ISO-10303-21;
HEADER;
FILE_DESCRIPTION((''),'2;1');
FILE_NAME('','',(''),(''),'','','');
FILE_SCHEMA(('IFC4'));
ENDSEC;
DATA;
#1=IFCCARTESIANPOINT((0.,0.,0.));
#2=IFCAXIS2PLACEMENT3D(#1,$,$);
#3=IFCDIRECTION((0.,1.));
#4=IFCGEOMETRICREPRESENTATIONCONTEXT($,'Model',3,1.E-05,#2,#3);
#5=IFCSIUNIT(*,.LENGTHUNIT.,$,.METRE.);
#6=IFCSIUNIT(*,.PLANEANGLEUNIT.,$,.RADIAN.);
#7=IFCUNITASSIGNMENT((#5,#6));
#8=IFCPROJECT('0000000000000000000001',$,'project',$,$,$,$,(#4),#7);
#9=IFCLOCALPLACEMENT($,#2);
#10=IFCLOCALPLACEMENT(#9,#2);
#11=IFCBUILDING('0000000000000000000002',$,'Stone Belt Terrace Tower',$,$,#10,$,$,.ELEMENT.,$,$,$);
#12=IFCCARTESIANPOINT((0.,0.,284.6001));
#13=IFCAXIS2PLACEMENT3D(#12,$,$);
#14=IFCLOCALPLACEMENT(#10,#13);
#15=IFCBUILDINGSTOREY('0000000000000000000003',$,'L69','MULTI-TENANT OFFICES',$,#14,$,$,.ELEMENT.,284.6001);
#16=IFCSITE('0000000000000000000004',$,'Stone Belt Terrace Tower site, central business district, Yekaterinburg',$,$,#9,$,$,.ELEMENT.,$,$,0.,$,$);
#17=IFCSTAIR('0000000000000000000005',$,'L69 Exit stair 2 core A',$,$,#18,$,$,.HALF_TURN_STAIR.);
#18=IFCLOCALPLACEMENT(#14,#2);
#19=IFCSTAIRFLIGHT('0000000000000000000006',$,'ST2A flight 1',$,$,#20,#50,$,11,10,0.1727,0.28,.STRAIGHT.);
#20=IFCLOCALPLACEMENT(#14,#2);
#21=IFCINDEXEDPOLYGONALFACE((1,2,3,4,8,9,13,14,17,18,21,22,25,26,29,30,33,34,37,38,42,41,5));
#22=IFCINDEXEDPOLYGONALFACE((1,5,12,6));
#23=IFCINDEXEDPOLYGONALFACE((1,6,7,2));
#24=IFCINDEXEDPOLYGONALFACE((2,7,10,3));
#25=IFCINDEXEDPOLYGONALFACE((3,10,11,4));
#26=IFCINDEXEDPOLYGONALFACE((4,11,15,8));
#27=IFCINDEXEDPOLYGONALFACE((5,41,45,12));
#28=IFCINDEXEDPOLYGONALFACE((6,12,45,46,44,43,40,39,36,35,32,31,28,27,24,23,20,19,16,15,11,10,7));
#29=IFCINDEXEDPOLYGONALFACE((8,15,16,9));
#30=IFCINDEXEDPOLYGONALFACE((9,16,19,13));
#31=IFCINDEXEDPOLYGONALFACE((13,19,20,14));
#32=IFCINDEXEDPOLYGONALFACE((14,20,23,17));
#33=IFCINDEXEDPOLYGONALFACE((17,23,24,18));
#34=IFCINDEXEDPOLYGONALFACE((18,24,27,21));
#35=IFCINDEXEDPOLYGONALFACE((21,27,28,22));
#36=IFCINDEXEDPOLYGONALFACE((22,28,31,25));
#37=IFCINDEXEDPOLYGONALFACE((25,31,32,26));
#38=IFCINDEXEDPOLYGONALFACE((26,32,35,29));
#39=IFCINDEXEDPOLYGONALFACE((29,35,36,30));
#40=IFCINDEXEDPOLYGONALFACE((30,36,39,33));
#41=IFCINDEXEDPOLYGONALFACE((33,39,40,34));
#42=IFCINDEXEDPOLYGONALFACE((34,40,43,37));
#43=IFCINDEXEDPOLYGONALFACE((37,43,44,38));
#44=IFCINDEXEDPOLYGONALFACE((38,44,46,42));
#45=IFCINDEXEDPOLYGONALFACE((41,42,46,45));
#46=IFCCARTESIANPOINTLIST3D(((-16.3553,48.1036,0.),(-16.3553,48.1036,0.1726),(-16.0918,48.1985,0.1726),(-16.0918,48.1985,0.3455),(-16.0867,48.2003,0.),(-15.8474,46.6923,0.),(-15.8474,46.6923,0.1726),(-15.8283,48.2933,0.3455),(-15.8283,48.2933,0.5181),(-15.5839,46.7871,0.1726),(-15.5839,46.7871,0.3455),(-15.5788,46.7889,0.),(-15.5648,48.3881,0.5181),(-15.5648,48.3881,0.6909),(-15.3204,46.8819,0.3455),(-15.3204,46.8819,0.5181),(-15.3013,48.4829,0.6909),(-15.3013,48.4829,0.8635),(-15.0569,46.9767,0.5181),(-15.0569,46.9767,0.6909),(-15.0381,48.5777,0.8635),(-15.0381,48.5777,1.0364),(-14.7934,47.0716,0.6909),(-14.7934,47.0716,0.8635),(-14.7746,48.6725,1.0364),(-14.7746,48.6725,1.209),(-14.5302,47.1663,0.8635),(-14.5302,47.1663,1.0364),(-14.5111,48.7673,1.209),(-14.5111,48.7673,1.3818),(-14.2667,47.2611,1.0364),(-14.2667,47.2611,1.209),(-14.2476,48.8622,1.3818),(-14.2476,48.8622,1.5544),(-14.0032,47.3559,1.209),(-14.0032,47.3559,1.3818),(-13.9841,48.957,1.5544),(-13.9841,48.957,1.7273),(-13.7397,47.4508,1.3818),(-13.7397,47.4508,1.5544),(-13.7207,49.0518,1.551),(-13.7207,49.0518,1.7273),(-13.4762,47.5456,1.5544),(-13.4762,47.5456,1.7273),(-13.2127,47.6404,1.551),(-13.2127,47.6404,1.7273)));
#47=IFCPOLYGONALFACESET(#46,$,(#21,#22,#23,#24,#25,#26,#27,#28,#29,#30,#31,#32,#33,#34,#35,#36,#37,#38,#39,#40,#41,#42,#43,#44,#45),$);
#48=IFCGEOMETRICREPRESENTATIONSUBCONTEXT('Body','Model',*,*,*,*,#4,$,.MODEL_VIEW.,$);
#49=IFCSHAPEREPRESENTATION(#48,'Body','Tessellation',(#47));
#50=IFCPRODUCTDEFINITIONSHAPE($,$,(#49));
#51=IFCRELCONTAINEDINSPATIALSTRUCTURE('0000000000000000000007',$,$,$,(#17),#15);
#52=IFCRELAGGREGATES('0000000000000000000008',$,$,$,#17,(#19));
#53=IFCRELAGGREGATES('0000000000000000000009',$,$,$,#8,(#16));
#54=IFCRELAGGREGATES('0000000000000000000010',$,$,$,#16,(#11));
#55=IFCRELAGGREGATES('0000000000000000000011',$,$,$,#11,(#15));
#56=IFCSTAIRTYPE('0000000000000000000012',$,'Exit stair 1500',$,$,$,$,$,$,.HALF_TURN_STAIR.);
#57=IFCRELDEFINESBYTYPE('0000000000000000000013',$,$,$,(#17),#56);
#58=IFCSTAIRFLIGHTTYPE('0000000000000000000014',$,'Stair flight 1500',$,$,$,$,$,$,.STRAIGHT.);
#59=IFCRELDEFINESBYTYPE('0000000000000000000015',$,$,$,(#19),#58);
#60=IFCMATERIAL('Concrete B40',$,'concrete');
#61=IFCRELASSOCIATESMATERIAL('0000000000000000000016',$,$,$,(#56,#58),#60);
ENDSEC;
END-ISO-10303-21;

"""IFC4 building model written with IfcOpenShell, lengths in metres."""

from ifc_helpers import new_model, si_unit, direction, frame, origin, place, context, subcontext, project, spatial, polyline, outline, extrude, material, type_object, element, aggregate, save


model = new_model("IFC4")

# Units and contexts
model_context = context("Model", 3, precision=1e-05, world=origin(), true_north=direction((0.0, 1.0)))
body_context = subcontext(model_context, "Body", "Model", "MODEL_VIEW")
ifc_project = project(units=[si_unit("LENGTHUNIT", "METRE"), si_unit("PLANEANGLEUNIT", "RADIAN")], contexts=[model_context])

# Site, building, storey
site_placement = place(None, origin())
site = spatial("IfcSite", under=ifc_project, at=site_placement, Name="Stone Belt Terrace Tower site, central business district, Yekaterinburg", CompositionType="ELEMENT", RefElevation=0.0)
building_placement = place(site_placement, origin())
building = spatial("IfcBuilding", under=site, at=building_placement, Name="Stone Belt Terrace Tower", CompositionType="ELEMENT")
storey_placement = place(building_placement, frame((0.0, 0.0, 284.6001)))
storey = spatial("IfcBuildingStorey", under=building, at=storey_placement, Name="L69", Description="MULTI-TENANT OFFICES", CompositionType="ELEMENT", Elevation=284.6001)

# Stair, stair flight
ifc_material_1 = material(Name="Concrete B40", Category="concrete")
stair_type = type_object("IfcStairType", Name="Exit stair 1500", PredefinedType="HALF_TURN_STAIR", material=ifc_material_1)
stair_flight_type = type_object("IfcStairFlightType", Name="Stair flight 1500", PredefinedType="STRAIGHT", material=ifc_material_1)
stair_1_placement = place(storey_placement, origin())
stair_1 = element("IfcStair", 1, at=stair_1_placement, inside=storey, type_object=stair_type, Name="L69 Exit stair 2 core A", PredefinedType="HALF_TURN_STAIR")
stair_flight_1_placement = place(storey_placement, frame((-16.1013, 47.3979, 0.0), z_axis=(0.0, 0.0, 1.0), x_axis=(0.940922, 0.338624, 0.0)))
stair_flight_1 = element("IfcStairFlight", 2, at=stair_flight_1_placement, type_object=stair_flight_type, Name="ST2A flight 1", NumberOfRisers=11, NumberOfTreads=10, PredefinedType="STRAIGHT", RiserHeight=0.1727, TreadLength=0.28, context=body_context, shape_type="SweptSolid", body=[
    extrude(outline(polyline([(0.0, 0.0), (0.0, 0.1726), (0.28, 0.1726), (0.28, 0.3455), (0.5601, 0.3455), (0.5601, 0.5181), (0.8401, 0.5181), (0.8401, 0.6909), (1.1201, 0.6909), (1.1201, 0.8635), (1.3999, 0.8635), (1.3999, 1.0364), (1.6799, 1.0364), (1.6799, 1.209), (1.96, 1.209), (1.96, 1.3818), (2.24, 1.3818), (2.24, 1.5544), (2.52, 1.5544), (2.52, 1.7273), (2.8, 1.7273), (2.8, 1.8999), (2.8, 1.551), (0.2854, 0.0), (0.0, 0.0)])), frame((0.0, 0.75, 0.0), z_axis=(0.0, -1.0, 0.0), x_axis=(1.0, 0.0, 0.0)), (0.0, 0.0, 1.0), 1.5),
])
aggregate(stair_1, [stair_flight_1])

save(model, "model.ifc")
